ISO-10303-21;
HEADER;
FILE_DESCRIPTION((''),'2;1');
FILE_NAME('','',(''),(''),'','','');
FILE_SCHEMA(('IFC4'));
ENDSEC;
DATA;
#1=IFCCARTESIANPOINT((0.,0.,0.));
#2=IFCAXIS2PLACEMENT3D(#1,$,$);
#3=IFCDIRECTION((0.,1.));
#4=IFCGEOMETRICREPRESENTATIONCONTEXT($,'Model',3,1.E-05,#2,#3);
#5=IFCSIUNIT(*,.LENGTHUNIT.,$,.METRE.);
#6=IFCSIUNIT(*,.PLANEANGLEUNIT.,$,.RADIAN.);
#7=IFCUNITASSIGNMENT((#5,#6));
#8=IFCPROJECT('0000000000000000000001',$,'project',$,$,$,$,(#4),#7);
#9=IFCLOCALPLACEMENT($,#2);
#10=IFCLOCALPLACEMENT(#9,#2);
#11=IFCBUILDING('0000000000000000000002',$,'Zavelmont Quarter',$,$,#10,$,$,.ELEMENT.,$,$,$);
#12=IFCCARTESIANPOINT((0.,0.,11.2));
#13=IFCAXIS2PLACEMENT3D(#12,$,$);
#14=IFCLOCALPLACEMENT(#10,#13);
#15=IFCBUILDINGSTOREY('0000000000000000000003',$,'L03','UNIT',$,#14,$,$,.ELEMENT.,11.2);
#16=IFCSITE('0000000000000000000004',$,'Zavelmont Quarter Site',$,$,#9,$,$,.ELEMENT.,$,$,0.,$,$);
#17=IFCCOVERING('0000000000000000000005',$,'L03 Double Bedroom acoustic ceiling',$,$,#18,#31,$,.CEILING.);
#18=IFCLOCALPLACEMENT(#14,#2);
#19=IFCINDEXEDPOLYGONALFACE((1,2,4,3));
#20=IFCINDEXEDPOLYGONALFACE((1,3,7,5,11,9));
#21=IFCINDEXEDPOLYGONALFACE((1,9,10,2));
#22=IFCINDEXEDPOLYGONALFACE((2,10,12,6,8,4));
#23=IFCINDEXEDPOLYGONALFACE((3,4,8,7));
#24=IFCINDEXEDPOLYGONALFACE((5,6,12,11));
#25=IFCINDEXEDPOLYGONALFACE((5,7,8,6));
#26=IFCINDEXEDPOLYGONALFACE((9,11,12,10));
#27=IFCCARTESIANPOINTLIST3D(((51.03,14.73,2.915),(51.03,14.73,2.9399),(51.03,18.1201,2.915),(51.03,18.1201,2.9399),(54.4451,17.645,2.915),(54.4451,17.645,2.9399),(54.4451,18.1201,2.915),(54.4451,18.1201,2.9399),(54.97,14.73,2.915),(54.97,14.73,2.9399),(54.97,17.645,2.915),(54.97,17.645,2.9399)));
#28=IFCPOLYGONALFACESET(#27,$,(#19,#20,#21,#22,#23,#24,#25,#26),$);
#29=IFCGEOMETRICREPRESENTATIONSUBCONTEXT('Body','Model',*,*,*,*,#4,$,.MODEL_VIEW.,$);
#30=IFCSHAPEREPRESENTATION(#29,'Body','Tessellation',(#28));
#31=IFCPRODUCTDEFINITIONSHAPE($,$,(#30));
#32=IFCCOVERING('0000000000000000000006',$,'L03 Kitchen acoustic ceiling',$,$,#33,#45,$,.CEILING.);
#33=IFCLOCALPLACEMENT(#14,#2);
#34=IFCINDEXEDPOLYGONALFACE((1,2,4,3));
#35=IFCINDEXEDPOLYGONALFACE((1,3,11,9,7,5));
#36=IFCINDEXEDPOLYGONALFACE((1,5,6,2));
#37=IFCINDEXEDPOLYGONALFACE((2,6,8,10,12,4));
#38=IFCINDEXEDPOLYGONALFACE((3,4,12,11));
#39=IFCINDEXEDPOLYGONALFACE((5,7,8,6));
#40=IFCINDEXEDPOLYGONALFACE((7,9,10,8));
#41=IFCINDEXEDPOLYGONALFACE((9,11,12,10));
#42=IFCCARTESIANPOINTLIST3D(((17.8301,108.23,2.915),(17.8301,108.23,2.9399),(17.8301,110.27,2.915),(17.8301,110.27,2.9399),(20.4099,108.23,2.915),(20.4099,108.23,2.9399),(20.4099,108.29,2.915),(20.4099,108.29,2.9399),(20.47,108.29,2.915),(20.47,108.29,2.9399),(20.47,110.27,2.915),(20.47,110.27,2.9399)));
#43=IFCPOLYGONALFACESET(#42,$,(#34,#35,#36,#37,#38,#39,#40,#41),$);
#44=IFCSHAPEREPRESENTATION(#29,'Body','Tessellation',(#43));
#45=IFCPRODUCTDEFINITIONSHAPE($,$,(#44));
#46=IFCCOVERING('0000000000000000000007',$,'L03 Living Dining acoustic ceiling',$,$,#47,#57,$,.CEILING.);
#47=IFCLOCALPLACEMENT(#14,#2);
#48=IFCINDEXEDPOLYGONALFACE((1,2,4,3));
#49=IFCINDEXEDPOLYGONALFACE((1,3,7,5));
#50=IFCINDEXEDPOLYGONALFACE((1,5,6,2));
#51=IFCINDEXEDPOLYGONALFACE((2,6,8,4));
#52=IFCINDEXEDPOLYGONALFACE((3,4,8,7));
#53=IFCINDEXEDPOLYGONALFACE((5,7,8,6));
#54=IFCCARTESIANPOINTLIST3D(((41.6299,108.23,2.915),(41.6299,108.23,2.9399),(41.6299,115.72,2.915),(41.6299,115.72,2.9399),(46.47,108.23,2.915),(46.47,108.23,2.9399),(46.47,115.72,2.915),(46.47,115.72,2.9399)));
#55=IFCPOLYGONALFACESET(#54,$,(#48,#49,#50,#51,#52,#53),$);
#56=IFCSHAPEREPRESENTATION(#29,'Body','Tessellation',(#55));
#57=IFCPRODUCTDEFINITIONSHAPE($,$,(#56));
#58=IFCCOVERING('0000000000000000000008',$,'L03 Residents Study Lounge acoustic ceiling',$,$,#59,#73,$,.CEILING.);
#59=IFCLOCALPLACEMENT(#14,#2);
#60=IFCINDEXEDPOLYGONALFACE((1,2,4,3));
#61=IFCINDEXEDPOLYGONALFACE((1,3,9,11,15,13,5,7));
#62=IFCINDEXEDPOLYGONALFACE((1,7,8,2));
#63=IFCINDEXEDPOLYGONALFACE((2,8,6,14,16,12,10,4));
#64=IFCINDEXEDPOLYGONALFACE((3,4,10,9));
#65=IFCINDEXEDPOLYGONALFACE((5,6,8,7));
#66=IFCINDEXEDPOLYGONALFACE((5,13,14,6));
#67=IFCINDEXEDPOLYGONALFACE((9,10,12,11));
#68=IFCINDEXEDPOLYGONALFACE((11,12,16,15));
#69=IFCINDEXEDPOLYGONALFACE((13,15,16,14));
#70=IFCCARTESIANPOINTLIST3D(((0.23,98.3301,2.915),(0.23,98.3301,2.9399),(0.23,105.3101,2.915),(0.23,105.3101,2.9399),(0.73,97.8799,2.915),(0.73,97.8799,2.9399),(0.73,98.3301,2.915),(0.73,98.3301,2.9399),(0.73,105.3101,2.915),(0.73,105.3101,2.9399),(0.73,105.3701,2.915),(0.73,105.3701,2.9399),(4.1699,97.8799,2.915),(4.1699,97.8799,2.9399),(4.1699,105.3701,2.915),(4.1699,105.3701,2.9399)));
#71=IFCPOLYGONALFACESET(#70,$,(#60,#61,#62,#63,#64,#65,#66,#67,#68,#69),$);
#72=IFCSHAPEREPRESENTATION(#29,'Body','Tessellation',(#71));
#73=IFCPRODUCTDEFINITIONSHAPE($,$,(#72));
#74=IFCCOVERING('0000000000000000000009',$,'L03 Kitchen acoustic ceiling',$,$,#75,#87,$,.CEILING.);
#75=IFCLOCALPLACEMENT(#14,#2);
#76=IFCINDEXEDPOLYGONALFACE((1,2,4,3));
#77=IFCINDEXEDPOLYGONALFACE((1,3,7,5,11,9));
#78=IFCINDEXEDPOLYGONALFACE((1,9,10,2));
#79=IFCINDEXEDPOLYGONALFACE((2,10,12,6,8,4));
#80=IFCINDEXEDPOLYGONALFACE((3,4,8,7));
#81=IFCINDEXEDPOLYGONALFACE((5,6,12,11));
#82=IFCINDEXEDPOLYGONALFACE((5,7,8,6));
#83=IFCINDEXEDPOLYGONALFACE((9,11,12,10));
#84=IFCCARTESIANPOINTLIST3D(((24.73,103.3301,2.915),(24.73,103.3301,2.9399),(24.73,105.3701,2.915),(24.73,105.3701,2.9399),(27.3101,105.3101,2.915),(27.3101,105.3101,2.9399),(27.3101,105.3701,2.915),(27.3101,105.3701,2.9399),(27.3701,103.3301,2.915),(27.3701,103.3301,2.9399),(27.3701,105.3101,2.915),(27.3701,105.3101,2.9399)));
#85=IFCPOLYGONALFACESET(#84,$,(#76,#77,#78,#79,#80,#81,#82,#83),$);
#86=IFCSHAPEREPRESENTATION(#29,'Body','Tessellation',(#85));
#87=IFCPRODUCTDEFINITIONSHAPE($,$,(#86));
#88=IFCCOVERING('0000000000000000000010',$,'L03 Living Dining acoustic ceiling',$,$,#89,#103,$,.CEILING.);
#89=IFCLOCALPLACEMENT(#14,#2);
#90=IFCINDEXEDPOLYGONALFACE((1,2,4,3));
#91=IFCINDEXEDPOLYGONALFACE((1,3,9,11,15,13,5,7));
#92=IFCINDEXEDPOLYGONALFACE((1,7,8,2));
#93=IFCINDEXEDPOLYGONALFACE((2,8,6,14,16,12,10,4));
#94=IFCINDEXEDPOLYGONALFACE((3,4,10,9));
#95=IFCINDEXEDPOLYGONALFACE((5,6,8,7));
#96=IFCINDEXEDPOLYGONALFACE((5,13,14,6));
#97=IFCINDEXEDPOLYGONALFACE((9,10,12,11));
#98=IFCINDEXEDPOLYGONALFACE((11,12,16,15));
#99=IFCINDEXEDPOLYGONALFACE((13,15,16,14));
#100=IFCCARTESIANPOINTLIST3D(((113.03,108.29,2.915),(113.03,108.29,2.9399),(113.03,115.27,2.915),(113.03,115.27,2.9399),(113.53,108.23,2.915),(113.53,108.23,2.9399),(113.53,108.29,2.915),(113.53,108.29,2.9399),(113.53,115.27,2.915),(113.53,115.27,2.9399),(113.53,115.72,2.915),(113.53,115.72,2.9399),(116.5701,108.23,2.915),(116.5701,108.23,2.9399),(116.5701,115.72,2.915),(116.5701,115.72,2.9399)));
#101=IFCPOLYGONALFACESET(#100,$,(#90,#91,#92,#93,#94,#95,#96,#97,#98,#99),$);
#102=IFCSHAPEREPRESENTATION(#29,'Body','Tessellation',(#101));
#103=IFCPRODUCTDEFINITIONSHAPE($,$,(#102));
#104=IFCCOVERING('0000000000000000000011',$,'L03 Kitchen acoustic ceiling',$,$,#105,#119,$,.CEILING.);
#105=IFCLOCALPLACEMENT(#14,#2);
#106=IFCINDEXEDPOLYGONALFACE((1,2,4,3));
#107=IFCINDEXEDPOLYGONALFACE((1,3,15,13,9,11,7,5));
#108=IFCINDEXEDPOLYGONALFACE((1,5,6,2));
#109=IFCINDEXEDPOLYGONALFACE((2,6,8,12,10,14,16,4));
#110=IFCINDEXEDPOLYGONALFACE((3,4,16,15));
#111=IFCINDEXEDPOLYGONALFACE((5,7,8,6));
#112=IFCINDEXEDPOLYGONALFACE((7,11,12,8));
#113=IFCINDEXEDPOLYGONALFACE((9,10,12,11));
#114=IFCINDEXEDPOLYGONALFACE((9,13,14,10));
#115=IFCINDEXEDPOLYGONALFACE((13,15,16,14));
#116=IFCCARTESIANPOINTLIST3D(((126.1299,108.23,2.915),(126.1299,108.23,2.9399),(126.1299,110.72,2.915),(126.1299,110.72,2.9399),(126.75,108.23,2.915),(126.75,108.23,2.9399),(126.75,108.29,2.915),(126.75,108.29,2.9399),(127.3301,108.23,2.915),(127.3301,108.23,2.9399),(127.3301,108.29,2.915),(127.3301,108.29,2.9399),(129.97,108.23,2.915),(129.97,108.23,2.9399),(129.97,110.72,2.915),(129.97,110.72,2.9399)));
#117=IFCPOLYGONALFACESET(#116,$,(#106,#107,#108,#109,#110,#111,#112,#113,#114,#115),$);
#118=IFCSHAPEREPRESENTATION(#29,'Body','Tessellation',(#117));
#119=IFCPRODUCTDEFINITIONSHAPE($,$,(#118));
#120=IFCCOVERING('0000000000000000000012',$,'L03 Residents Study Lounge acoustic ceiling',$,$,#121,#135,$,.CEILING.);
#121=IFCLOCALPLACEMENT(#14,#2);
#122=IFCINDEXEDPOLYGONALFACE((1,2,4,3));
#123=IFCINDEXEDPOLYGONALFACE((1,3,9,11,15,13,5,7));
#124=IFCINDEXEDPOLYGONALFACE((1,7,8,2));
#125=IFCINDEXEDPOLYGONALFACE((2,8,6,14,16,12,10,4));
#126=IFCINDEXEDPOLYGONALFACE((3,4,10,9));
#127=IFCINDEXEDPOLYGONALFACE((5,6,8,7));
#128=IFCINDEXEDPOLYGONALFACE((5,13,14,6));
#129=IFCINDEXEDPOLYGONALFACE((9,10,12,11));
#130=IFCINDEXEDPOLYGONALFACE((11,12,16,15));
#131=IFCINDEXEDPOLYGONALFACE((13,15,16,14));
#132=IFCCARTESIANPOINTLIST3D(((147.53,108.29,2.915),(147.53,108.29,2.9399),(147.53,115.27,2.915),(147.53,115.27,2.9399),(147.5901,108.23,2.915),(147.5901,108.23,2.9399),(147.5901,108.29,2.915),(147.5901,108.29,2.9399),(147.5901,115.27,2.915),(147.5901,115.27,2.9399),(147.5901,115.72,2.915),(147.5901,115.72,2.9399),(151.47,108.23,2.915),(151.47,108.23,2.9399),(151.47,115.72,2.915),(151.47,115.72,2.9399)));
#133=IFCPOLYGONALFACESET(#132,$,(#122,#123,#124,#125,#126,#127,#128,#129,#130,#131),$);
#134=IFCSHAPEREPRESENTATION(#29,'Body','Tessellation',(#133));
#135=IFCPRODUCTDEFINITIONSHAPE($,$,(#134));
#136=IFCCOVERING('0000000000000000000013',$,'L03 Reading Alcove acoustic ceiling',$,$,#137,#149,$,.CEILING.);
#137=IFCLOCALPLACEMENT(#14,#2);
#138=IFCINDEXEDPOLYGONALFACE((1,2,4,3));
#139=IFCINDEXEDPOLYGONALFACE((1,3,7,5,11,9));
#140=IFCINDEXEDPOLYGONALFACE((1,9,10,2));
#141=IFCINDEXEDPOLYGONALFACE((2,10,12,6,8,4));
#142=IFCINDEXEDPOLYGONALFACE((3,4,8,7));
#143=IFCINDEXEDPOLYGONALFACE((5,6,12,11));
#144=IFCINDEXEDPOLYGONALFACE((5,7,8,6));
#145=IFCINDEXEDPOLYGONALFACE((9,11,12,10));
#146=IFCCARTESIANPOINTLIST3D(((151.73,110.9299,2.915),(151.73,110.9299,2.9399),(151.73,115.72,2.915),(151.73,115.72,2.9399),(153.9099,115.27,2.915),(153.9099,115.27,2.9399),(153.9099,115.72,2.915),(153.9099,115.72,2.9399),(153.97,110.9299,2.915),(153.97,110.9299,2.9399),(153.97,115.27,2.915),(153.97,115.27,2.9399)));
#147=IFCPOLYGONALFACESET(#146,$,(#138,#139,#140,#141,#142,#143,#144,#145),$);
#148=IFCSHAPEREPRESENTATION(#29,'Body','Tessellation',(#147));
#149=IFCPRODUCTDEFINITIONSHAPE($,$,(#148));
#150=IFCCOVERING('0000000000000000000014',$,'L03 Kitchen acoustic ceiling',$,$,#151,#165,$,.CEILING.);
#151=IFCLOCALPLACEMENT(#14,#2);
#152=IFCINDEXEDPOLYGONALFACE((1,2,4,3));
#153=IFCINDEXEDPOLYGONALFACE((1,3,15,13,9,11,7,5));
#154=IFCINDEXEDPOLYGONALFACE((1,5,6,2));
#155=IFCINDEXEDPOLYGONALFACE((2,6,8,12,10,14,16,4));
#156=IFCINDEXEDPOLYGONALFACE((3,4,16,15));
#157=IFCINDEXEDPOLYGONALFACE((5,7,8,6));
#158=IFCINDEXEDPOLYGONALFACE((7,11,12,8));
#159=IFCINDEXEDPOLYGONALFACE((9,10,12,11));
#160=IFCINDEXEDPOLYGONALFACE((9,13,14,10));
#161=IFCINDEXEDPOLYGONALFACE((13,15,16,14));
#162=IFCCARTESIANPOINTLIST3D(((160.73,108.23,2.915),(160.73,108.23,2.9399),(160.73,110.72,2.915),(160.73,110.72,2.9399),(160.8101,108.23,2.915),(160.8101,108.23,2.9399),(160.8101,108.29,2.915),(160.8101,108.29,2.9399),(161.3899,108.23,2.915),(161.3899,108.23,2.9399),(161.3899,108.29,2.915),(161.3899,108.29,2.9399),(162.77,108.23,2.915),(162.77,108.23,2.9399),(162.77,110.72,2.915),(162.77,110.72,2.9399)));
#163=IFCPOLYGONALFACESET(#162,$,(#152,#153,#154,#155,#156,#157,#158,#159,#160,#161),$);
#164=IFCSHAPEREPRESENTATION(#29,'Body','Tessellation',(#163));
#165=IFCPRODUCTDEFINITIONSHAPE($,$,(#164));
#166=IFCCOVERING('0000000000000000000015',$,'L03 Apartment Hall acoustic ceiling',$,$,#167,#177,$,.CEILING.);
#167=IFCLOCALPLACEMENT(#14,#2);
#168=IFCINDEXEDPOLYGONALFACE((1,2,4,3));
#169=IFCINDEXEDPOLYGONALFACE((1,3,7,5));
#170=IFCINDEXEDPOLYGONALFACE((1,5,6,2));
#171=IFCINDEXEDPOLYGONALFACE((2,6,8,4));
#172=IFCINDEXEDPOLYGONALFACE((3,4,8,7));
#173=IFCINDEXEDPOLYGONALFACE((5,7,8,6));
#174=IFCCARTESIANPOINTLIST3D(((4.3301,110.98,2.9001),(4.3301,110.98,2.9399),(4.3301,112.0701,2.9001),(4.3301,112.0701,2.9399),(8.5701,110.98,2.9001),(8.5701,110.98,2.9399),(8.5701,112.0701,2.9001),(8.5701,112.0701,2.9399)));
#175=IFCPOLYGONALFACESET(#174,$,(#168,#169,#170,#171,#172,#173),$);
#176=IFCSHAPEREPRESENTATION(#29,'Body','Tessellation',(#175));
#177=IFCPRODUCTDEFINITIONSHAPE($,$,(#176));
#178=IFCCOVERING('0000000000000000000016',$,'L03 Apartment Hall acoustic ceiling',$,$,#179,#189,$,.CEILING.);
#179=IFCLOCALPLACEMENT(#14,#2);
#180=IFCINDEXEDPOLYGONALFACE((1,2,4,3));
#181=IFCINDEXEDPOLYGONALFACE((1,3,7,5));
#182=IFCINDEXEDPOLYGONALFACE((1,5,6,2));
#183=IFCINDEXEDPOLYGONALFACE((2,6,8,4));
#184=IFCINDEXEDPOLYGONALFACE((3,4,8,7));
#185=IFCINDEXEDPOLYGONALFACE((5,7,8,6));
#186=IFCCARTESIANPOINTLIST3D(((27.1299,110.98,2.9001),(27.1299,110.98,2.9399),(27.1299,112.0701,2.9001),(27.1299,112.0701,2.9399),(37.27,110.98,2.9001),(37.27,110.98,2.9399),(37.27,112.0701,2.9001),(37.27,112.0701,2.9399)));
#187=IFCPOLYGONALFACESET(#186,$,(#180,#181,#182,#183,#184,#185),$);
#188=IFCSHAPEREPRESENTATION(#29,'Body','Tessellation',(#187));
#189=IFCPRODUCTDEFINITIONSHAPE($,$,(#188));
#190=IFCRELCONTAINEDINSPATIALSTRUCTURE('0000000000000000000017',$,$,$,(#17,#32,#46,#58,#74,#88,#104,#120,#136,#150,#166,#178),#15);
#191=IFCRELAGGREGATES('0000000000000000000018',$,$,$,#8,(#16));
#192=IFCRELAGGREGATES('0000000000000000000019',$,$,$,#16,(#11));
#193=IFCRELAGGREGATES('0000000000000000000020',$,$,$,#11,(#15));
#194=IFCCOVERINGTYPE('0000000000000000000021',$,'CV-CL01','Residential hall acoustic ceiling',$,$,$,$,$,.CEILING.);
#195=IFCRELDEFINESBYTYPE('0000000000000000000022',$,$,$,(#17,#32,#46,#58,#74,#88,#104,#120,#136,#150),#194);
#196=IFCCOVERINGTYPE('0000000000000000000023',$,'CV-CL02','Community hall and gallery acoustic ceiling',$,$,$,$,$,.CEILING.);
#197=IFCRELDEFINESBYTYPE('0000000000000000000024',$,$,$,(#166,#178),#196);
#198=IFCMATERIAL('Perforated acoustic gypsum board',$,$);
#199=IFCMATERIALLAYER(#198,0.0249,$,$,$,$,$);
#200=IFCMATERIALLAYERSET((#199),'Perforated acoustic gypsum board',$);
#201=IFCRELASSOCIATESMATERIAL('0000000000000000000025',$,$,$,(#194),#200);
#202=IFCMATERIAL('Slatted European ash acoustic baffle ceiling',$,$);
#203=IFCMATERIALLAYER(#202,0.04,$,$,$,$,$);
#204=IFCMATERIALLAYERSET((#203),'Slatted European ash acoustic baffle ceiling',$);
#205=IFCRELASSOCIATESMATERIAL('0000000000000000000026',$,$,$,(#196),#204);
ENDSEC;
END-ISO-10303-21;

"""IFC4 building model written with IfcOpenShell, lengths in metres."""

from ifc_helpers import new_model, si_unit, direction, frame, origin, place, context, subcontext, project, spatial, polyline, outline, extrude, material, layer, layer_set, type_object, element, save


model = new_model("IFC4")

# Units and contexts
model_context = context("Model", 3, precision=1e-05, world=origin(), true_north=direction((0.0, 1.0)))
body_context = subcontext(model_context, "Body", "Model", "MODEL_VIEW")
ifc_project = project(units=[si_unit("LENGTHUNIT", "METRE"), si_unit("PLANEANGLEUNIT", "RADIAN")], contexts=[model_context])

# Site, building, storey
site_placement = place(None, origin())
site = spatial("IfcSite", under=ifc_project, at=site_placement, Name="Zavelmont Quarter Site", CompositionType="ELEMENT", RefElevation=0.0)
building_placement = place(site_placement, origin())
building = spatial("IfcBuilding", under=site, at=building_placement, Name="Zavelmont Quarter", CompositionType="ELEMENT")
storey_placement = place(building_placement, frame((0.0, 0.0, 11.2)))
storey = spatial("IfcBuildingStorey", under=building, at=storey_placement, Name="L03", Description="UNIT", CompositionType="ELEMENT", Elevation=11.2)

# Coverings
ifc_material_1 = material(Name="Perforated acoustic gypsum board")
ifc_layer_1 = layer(ifc_material_1, 0.0249)
ifc_layer_set_1 = layer_set([ifc_layer_1], Name="Perforated acoustic gypsum board")
covering_type_1 = type_object("IfcCoveringType", Name="CV-CL01", Description="Residential hall acoustic ceiling", PredefinedType="CEILING", material=ifc_layer_set_1)
covering_1_placement = place(storey_placement, frame((0.0, 0.0, 2.915)))
element("IfcCovering", 1, at=covering_1_placement, inside=storey, type_object=covering_type_1, Name="L03 Double Bedroom acoustic ceiling", PredefinedType="CEILING", context=body_context, shape_type="SweptSolid", body=[
    extrude(outline(polyline([(51.03, 18.1201), (54.4451, 18.1201), (54.4451, 17.645), (54.97, 17.645), (54.97, 14.73), (51.03, 14.73), (51.03, 18.1201)])), origin(), (0.0, 0.0, 1.0), 0.0249),
])
covering_2_placement = place(storey_placement, frame((0.0, 0.0, 2.915)))
element("IfcCovering", 2, at=covering_2_placement, inside=storey, type_object=covering_type_1, Name="L03 Kitchen acoustic ceiling", PredefinedType="CEILING", context=body_context, shape_type="SweptSolid", body=[
    extrude(outline(polyline([(17.8301, 110.27), (20.47, 110.27), (20.47, 108.29), (20.4099, 108.29), (20.4099, 108.23), (17.8301, 108.23), (17.8301, 110.27)])), origin(), (0.0, 0.0, 1.0), 0.0249),
])
covering_3_placement = place(storey_placement, frame((0.0, 0.0, 2.915)))
element("IfcCovering", 3, at=covering_3_placement, inside=storey, type_object=covering_type_1, Name="L03 Living Dining acoustic ceiling", PredefinedType="CEILING", context=body_context, shape_type="SweptSolid", body=[
    extrude(outline(polyline([(41.6299, 115.72), (46.47, 115.72), (46.47, 108.23), (41.6299, 108.23), (41.6299, 115.72)])), origin(), (0.0, 0.0, 1.0), 0.0249),
])
covering_4_placement = place(storey_placement, frame((0.0, 0.0, 2.915)))
element("IfcCovering", 4, at=covering_4_placement, inside=storey, type_object=covering_type_1, Name="L03 Residents Study Lounge acoustic ceiling", PredefinedType="CEILING", context=body_context, shape_type="SweptSolid", body=[
    extrude(outline(polyline([(0.23, 105.3101), (0.73, 105.3101), (0.73, 105.3701), (4.1699, 105.3701), (4.1699, 97.8799), (0.73, 97.8799), (0.73, 98.3301), (0.23, 98.3301), (0.23, 105.3101)])), origin(), (0.0, 0.0, 1.0), 0.0249),
])
covering_5_placement = place(storey_placement, frame((0.0, 0.0, 2.915)))
element("IfcCovering", 5, at=covering_5_placement, inside=storey, type_object=covering_type_1, Name="L03 Kitchen acoustic ceiling", PredefinedType="CEILING", context=body_context, shape_type="SweptSolid", body=[
    extrude(outline(polyline([(24.73, 105.3701), (27.3101, 105.3701), (27.3101, 105.3101), (27.3701, 105.3101), (27.3701, 103.3301), (24.73, 103.3301), (24.73, 105.3701)])), origin(), (0.0, 0.0, 1.0), 0.0249),
])
covering_6_placement = place(storey_placement, frame((0.0, 0.0, 2.915)))
element("IfcCovering", 6, at=covering_6_placement, inside=storey, type_object=covering_type_1, Name="L03 Living Dining acoustic ceiling", PredefinedType="CEILING", context=body_context, shape_type="SweptSolid", body=[
    extrude(outline(polyline([(113.03, 115.27), (113.53, 115.27), (113.53, 115.72), (116.5701, 115.72), (116.5701, 108.23), (113.53, 108.23), (113.53, 108.29), (113.03, 108.29), (113.03, 115.27)])), origin(), (0.0, 0.0, 1.0), 0.0249),
])
covering_7_placement = place(storey_placement, frame((0.0, 0.0, 2.915)))
element("IfcCovering", 7, at=covering_7_placement, inside=storey, type_object=covering_type_1, Name="L03 Kitchen acoustic ceiling", PredefinedType="CEILING", context=body_context, shape_type="SweptSolid", body=[
    extrude(outline(polyline([(126.1299, 110.72), (129.97, 110.72), (129.97, 108.23), (127.3301, 108.23), (127.3301, 108.29), (126.75, 108.29), (126.75, 108.23), (126.1299, 108.23), (126.1299, 110.72)])), origin(), (0.0, 0.0, 1.0), 0.0249),
])
covering_8_placement = place(storey_placement, frame((0.0, 0.0, 2.915)))
element("IfcCovering", 8, at=covering_8_placement, inside=storey, type_object=covering_type_1, Name="L03 Residents Study Lounge acoustic ceiling", PredefinedType="CEILING", context=body_context, shape_type="SweptSolid", body=[
    extrude(outline(polyline([(147.53, 115.27), (147.5901, 115.27), (147.5901, 115.72), (151.47, 115.72), (151.47, 108.23), (147.5901, 108.23), (147.5901, 108.29), (147.53, 108.29), (147.53, 115.27)])), origin(), (0.0, 0.0, 1.0), 0.0249),
])
covering_9_placement = place(storey_placement, frame((0.0, 0.0, 2.915)))
element("IfcCovering", 9, at=covering_9_placement, inside=storey, type_object=covering_type_1, Name="L03 Reading Alcove acoustic ceiling", PredefinedType="CEILING", context=body_context, shape_type="SweptSolid", body=[
    extrude(outline(polyline([(151.73, 115.72), (153.9099, 115.72), (153.9099, 115.27), (153.97, 115.27), (153.97, 110.9299), (151.73, 110.9299), (151.73, 115.72)])), origin(), (0.0, 0.0, 1.0), 0.0249),
])
covering_10_placement = place(storey_placement, frame((0.0, 0.0, 2.915)))
element("IfcCovering", 10, at=covering_10_placement, inside=storey, type_object=covering_type_1, Name="L03 Kitchen acoustic ceiling", PredefinedType="CEILING", context=body_context, shape_type="SweptSolid", body=[
    extrude(outline(polyline([(160.73, 110.72), (162.77, 110.72), (162.77, 108.23), (161.3899, 108.23), (161.3899, 108.29), (160.8101, 108.29), (160.8101, 108.23), (160.73, 108.23), (160.73, 110.72)])), origin(), (0.0, 0.0, 1.0), 0.0249),
])
ifc_material_2 = material(Name="Slatted European ash acoustic baffle ceiling")
ifc_layer_2 = layer(ifc_material_2, 0.04)
ifc_layer_set_2 = layer_set([ifc_layer_2], Name="Slatted European ash acoustic baffle ceiling")
covering_type_2 = type_object("IfcCoveringType", Name="CV-CL02", Description="Community hall and gallery acoustic ceiling", PredefinedType="CEILING", material=ifc_layer_set_2)
covering_11_placement = place(storey_placement, frame((0.0, 0.0, 2.9001)))
element("IfcCovering", 11, at=covering_11_placement, inside=storey, type_object=covering_type_2, Name="L03 Apartment Hall acoustic ceiling", PredefinedType="CEILING", context=body_context, shape_type="SweptSolid", body=[
    extrude(outline(polyline([(4.3301, 112.0701), (8.5701, 112.0701), (8.5701, 110.98), (4.3301, 110.98), (4.3301, 112.0701)])), origin(), (0.0, 0.0, 1.0), 0.0398),
])
covering_12_placement = place(storey_placement, frame((0.0, 0.0, 2.9001)))
element("IfcCovering", 12, at=covering_12_placement, inside=storey, type_object=covering_type_2, Name="L03 Apartment Hall acoustic ceiling", PredefinedType="CEILING", context=body_context, shape_type="SweptSolid", body=[
    extrude(outline(polyline([(27.1299, 112.0701), (37.27, 112.0701), (37.27, 110.98), (27.1299, 110.98), (27.1299, 112.0701)])), origin(), (0.0, 0.0, 1.0), 0.0398),
])

save(model, "model.ifc")
